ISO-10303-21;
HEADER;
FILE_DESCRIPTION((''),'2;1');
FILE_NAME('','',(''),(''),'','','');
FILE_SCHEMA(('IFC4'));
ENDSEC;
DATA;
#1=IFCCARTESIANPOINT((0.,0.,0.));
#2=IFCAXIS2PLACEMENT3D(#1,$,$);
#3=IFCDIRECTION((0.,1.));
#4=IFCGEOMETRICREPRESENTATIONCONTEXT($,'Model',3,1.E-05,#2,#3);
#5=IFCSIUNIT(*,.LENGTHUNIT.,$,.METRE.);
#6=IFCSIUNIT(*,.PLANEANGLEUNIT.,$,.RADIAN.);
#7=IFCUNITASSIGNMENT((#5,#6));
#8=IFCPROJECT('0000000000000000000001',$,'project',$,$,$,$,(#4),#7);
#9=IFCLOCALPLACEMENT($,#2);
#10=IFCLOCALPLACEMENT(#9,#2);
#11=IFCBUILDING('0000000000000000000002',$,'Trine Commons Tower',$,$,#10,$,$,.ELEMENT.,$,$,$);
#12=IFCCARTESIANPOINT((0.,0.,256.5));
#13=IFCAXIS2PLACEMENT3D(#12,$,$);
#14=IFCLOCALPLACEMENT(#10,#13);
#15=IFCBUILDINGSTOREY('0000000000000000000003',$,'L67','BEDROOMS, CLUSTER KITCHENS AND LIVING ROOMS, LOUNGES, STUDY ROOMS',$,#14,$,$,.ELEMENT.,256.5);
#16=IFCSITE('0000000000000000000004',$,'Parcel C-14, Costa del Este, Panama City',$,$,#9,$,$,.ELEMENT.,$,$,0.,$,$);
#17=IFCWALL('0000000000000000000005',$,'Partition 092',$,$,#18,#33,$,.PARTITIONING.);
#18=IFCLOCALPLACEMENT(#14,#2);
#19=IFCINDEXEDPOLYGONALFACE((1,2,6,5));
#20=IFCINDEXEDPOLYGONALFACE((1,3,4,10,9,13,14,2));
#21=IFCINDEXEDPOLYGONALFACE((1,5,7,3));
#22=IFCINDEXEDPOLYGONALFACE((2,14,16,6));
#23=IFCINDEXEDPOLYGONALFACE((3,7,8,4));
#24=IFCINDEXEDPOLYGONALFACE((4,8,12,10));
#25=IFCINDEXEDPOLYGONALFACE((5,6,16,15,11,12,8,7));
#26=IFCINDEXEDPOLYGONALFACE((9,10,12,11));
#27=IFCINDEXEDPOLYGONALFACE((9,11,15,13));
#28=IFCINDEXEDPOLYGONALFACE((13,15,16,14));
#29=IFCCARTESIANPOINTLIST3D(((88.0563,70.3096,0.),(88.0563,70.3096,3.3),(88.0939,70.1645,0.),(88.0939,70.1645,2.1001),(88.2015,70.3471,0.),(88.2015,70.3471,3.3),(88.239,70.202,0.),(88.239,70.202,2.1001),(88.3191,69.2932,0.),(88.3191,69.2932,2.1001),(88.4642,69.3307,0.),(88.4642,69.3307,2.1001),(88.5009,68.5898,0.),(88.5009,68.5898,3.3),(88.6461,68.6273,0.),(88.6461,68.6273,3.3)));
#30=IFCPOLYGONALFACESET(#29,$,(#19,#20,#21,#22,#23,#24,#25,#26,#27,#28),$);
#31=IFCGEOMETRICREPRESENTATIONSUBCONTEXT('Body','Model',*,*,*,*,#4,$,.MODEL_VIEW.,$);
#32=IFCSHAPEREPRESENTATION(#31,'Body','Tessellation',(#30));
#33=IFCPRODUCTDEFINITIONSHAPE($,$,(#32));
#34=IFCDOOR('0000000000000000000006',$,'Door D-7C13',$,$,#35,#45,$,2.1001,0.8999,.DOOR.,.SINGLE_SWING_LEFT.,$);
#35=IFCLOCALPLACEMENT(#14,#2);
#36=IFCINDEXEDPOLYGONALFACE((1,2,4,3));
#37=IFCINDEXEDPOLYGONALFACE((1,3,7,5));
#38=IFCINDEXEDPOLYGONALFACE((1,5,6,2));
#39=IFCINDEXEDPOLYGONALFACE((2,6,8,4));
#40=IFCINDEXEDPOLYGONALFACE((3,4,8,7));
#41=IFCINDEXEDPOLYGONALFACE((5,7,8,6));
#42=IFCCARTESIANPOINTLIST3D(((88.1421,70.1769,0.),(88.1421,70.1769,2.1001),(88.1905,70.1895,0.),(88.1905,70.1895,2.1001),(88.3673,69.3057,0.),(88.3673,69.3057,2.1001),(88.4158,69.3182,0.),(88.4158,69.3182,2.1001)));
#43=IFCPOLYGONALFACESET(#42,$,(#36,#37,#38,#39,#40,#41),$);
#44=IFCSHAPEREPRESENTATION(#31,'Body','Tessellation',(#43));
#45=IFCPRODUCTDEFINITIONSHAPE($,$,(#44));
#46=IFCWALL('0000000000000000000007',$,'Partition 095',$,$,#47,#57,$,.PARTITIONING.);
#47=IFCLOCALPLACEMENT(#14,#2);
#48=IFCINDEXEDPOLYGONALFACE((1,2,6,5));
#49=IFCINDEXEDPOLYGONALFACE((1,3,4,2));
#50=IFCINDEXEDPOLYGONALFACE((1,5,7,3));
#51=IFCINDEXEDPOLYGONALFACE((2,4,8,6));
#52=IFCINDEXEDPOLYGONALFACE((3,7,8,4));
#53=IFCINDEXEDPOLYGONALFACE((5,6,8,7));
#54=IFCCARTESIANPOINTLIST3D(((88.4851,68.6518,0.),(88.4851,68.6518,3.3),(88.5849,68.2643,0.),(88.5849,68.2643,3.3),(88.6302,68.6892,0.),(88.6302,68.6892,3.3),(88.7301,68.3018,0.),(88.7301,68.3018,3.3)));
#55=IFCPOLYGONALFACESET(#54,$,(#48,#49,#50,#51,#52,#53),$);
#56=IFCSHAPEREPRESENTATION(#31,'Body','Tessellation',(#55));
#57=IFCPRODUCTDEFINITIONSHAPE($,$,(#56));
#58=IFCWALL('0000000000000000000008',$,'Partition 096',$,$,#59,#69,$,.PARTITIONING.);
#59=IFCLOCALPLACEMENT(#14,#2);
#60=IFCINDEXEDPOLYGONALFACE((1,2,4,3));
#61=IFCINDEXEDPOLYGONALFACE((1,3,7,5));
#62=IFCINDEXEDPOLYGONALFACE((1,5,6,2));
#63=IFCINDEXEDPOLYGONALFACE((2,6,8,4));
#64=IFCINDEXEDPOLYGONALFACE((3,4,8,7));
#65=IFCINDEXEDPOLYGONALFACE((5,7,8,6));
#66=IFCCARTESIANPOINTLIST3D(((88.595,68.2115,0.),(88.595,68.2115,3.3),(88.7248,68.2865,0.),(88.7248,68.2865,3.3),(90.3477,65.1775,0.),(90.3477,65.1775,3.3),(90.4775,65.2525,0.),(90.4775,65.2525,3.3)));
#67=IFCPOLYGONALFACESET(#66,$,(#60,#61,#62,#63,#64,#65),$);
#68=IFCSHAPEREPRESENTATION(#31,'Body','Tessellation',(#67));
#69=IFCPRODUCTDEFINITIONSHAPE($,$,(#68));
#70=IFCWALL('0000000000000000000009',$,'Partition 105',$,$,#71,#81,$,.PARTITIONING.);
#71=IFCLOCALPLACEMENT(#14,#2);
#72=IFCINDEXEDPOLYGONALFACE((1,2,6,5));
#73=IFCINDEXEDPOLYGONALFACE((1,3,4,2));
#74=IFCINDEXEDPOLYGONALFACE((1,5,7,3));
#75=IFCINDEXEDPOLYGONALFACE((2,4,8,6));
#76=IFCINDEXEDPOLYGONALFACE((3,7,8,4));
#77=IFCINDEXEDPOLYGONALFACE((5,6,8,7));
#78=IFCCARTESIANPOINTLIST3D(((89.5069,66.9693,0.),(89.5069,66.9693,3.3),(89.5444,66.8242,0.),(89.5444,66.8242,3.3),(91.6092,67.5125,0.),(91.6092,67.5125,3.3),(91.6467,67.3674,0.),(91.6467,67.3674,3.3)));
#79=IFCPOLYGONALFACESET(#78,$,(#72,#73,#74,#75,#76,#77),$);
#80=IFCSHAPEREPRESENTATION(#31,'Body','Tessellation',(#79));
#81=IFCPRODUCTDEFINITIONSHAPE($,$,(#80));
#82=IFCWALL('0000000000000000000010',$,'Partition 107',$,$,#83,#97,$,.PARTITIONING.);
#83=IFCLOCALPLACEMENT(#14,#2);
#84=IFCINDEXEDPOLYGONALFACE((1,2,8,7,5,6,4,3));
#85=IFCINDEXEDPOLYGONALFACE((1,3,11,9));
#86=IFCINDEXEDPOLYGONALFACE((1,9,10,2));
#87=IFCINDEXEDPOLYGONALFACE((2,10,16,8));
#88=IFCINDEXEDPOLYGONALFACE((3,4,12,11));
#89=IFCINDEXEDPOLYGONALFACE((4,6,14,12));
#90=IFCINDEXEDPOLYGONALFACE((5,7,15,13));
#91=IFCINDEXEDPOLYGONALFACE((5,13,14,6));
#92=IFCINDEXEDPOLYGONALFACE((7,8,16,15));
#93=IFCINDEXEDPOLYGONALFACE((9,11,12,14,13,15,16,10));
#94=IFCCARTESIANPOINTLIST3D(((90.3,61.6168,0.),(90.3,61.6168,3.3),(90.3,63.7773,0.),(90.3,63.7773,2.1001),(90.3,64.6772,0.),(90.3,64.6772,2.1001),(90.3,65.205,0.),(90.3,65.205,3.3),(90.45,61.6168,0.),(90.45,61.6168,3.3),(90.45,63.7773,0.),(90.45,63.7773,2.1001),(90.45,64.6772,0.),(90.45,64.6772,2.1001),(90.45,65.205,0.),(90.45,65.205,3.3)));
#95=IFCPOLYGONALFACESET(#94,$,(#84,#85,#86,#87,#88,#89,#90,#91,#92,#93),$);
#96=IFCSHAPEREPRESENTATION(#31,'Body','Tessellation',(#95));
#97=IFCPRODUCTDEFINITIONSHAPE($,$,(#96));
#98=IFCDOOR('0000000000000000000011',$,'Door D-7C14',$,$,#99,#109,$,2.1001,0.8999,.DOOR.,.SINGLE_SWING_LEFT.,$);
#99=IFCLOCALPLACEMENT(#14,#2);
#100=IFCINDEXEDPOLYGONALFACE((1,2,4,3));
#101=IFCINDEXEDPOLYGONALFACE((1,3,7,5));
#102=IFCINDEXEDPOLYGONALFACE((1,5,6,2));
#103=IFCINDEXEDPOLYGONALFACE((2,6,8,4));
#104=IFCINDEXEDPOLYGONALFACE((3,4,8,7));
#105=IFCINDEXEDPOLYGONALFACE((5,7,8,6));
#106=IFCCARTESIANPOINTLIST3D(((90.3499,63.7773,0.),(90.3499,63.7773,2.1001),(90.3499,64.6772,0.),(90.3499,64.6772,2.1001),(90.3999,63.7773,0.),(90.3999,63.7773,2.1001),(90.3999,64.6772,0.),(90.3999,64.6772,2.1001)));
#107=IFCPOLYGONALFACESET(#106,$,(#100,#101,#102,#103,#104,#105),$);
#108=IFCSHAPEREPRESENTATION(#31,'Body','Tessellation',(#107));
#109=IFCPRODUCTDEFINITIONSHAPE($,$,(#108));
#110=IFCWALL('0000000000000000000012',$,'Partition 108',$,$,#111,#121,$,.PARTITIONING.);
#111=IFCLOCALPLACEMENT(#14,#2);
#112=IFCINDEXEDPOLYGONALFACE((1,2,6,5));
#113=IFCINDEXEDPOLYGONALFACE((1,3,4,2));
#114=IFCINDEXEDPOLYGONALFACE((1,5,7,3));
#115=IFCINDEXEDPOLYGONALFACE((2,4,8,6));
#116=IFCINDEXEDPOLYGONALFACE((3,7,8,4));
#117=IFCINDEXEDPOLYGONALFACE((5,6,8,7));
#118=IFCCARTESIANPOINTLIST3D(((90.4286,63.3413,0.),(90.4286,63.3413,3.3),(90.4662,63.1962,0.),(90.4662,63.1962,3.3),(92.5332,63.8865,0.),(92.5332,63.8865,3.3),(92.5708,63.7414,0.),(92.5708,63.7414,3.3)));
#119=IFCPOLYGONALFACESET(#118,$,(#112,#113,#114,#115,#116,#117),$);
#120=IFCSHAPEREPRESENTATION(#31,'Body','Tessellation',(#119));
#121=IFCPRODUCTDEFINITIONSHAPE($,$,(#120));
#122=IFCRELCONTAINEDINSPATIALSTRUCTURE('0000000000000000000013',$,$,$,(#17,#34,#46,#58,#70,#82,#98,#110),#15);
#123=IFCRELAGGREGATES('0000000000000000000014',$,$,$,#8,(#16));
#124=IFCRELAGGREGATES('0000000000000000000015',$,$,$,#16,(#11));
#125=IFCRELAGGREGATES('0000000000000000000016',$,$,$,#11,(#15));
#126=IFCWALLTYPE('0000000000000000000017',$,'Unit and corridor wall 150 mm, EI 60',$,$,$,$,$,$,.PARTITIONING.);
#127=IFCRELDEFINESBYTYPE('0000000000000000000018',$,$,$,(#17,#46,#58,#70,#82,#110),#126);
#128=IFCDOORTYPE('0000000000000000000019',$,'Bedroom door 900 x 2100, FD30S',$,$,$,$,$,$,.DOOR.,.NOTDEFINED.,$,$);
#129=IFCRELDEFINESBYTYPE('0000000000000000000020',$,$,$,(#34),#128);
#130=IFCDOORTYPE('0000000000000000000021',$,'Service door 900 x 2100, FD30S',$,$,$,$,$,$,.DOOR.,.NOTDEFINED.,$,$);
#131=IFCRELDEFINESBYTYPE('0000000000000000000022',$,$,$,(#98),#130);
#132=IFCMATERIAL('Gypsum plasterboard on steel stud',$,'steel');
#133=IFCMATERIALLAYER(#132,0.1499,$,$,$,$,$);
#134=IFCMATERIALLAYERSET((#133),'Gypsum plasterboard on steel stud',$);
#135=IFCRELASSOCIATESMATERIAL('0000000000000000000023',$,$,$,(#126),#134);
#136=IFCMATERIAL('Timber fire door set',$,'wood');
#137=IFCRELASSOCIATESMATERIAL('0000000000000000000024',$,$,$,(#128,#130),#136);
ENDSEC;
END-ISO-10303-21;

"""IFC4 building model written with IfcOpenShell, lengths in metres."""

from ifc_helpers import new_model, si_unit, direction, frame, frame_2d, origin, place, context, subcontext, project, spatial, rectangle, extrude, material, layer, layer_set, type_object, element, fill, save


model = new_model("IFC4")

# Units and contexts
model_context = context("Model", 3, precision=1e-05, world=origin(), true_north=direction((0.0, 1.0)))
body_context = subcontext(model_context, "Body", "Model", "MODEL_VIEW")
ifc_project = project(units=[si_unit("LENGTHUNIT", "METRE"), si_unit("PLANEANGLEUNIT", "RADIAN")], contexts=[model_context])

# Site, building, storey
site_placement = place(None, origin())
site = spatial("IfcSite", under=ifc_project, at=site_placement, Name="Parcel C-14, Costa del Este, Panama City", CompositionType="ELEMENT", RefElevation=0.0)
building_placement = place(site_placement, origin())
building = spatial("IfcBuilding", under=site, at=building_placement, Name="Trine Commons Tower", CompositionType="ELEMENT")
storey_placement = place(building_placement, frame((0.0, 0.0, 256.5)))
storey = spatial("IfcBuildingStorey", under=building, at=storey_placement, Name="L67", Description="BEDROOMS, CLUSTER KITCHENS AND LIVING ROOMS, LOUNGES, STUDY ROOMS", CompositionType="ELEMENT", Elevation=256.5)

# Shared definitions
ifc_material_1 = material(Name="Gypsum plasterboard on steel stud", Category="steel")
ifc_layer_1 = layer(ifc_material_1, 0.1499)
ifc_layer_set_1 = layer_set([ifc_layer_1], Name="Gypsum plasterboard on steel stud")
wall_type_1 = type_object("IfcWallType", Name="Unit and corridor wall 150 mm, EI 60", PredefinedType="PARTITIONING", material=ifc_layer_set_1)

# Wall, opening, door
wall_1_placement = place(storey_placement, frame((88.1289, 70.3284, 0.0), z_axis=(0.0, 0.0, 1.0), x_axis=(0.25029, -0.968171, 0.0)))
wall_1 = element("IfcWall", 1, at=wall_1_placement, inside=storey, type_object=wall_type_1, Name="Partition 092", PredefinedType="PARTITIONING", context=body_context, shape_type="SweptSolid", body=[
    extrude(rectangle(XDim=1.7764, YDim=0.1499, at=frame_2d((0.8882, 0.0))), origin(), (0.0, 0.0, 1.0), 3.3),
])
opening_1_placement = place(wall_1_placement, frame((0.1499, 0.0, 0.0)))
opening_1 = element("IfcOpeningElement", 2, at=opening_1_placement, cuts=wall_1, PredefinedType="OPENING", context=body_context, shape_type="SweptSolid", body=[
    extrude(rectangle(XDim=0.8999, YDim=2.1001, at=frame_2d((0.45, 1.05))), frame((0.0, 0.085, 0.0), z_axis=(0.0, -1.0, 0.0), x_axis=(1.0, 0.0, 0.0)), (0.0, 0.0, 1.0), 0.1699),
])
ifc_material_2 = material(Name="Timber fire door set", Category="wood")
door_type_1 = type_object("IfcDoorType", Name="Bedroom door 900 x 2100, FD30S", OperationType="NOTDEFINED", PredefinedType="DOOR", material=ifc_material_2)
door_1_placement = place(opening_1_placement, origin())
door_1 = element("IfcDoor", 3, at=door_1_placement, inside=storey, type_object=door_type_1, Name="Door D-7C13", OperationType="SINGLE_SWING_LEFT", OverallHeight=2.1001, OverallWidth=0.8999, PredefinedType="DOOR", context=body_context, shape_type="SweptSolid", body=[
    extrude(rectangle(XDim=0.8999, YDim=2.1001, at=frame_2d((0.45, 1.05))), frame((0.0, 0.0249, 0.0), z_axis=(0.0, -1.0, 0.0), x_axis=(1.0, 0.0, 0.0)), (0.0, 0.0, 1.0), 0.05),
])
fill(opening_1, door_1)

# Walls
wall_2_placement = place(storey_placement, frame((88.5576, 68.6707, 0.0), z_axis=(0.0, 0.0, 1.0), x_axis=(0.249564, -0.968358, 0.0)))
element("IfcWall", 4, at=wall_2_placement, inside=storey, type_object=wall_type_1, Name="Partition 095", PredefinedType="PARTITIONING", context=body_context, shape_type="SweptSolid", body=[
    extrude(rectangle(XDim=0.4001, YDim=0.1499, at=frame_2d((0.2002, 0.0))), origin(), (0.0, 0.0, 1.0), 3.3),
])
wall_3_placement = place(storey_placement, frame((88.6599, 68.249, 0.0), z_axis=(0.0, 0.0, 1.0), x_axis=(0.500223, -0.865897, 0.0)))
element("IfcWall", 5, at=wall_3_placement, inside=storey, type_object=wall_type_1, Name="Partition 096", PredefinedType="PARTITIONING", context=body_context, shape_type="SweptSolid", body=[
    extrude(rectangle(XDim=3.5039, YDim=0.1499, at=frame_2d((1.752, 0.0))), origin(), (0.0, 0.0, 1.0), 3.3),
])
wall_4_placement = place(storey_placement, frame((89.5256, 66.8967, 0.0), z_axis=(0.0, 0.0, 1.0), x_axis=(0.968201, 0.250174, 0.0)))
element("IfcWall", 6, at=wall_4_placement, inside=storey, type_object=wall_type_1, Name="Partition 105", PredefinedType="PARTITIONING", context=body_context, shape_type="SweptSolid", body=[
    extrude(rectangle(XDim=2.1714, YDim=0.1499, at=frame_2d((1.0857, 0.0))), origin(), (0.0, 0.0, 1.0), 3.3),
])

# Wall, opening, door
wall_5_placement = place(storey_placement, frame((90.375, 61.6169, 0.0), z_axis=(0.0, 0.0, 1.0), x_axis=(0.0, 1.0, 0.0)))
wall_5 = element("IfcWall", 7, at=wall_5_placement, inside=storey, type_object=wall_type_1, Name="Partition 107", PredefinedType="PARTITIONING", context=body_context, shape_type="SweptSolid", body=[
    extrude(rectangle(XDim=3.5881, YDim=0.1499, at=frame_2d((1.7939, 0.0))), origin(), (0.0, 0.0, 1.0), 3.3),
])
opening_2_placement = place(wall_5_placement, frame((2.1604, 0.0, 0.0)))
opening_2 = element("IfcOpeningElement", 8, at=opening_2_placement, cuts=wall_5, PredefinedType="OPENING", context=body_context, shape_type="SweptSolid", body=[
    extrude(rectangle(XDim=0.8999, YDim=2.1001, at=frame_2d((0.45, 1.05))), frame((0.0, 0.085, 0.0), z_axis=(0.0, -1.0, 0.0), x_axis=(1.0, 0.0, 0.0)), (0.0, 0.0, 1.0), 0.1699),
])
door_type_2 = type_object("IfcDoorType", Name="Service door 900 x 2100, FD30S", OperationType="NOTDEFINED", PredefinedType="DOOR", material=ifc_material_2)
door_2_placement = place(opening_2_placement, frame((0.8999, 0.0, 0.0), z_axis=(0.0, 0.0, 1.0), x_axis=(-1.0, 0.0, 0.0)))
door_2 = element("IfcDoor", 9, at=door_2_placement, inside=storey, type_object=door_type_2, Name="Door D-7C14", OperationType="SINGLE_SWING_LEFT", OverallHeight=2.1001, OverallWidth=0.8999, PredefinedType="DOOR", context=body_context, shape_type="SweptSolid", body=[
    extrude(rectangle(XDim=0.8999, YDim=2.1001, at=frame_2d((0.45, 1.05))), frame((0.0, 0.0249, 0.0), z_axis=(0.0, -1.0, 0.0), x_axis=(1.0, 0.0, 0.0)), (0.0, 0.0, 1.0), 0.05),
])
fill(opening_2, door_2)

# Wall
wall_6_placement = place(storey_placement, frame((90.4475, 63.2688, 0.0), z_axis=(0.0, 0.0, 1.0), x_axis=(0.968046, 0.250771, 0.0)))
element("IfcWall", 10, at=wall_6_placement, inside=storey, type_object=wall_type_1, Name="Partition 108", PredefinedType="PARTITIONING", context=body_context, shape_type="SweptSolid", body=[
    extrude(rectangle(XDim=2.1741, YDim=0.1499, at=frame_2d((1.0869, 0.0))), origin(), (0.0, 0.0, 1.0), 3.3),
])

save(model, "model.ifc")
